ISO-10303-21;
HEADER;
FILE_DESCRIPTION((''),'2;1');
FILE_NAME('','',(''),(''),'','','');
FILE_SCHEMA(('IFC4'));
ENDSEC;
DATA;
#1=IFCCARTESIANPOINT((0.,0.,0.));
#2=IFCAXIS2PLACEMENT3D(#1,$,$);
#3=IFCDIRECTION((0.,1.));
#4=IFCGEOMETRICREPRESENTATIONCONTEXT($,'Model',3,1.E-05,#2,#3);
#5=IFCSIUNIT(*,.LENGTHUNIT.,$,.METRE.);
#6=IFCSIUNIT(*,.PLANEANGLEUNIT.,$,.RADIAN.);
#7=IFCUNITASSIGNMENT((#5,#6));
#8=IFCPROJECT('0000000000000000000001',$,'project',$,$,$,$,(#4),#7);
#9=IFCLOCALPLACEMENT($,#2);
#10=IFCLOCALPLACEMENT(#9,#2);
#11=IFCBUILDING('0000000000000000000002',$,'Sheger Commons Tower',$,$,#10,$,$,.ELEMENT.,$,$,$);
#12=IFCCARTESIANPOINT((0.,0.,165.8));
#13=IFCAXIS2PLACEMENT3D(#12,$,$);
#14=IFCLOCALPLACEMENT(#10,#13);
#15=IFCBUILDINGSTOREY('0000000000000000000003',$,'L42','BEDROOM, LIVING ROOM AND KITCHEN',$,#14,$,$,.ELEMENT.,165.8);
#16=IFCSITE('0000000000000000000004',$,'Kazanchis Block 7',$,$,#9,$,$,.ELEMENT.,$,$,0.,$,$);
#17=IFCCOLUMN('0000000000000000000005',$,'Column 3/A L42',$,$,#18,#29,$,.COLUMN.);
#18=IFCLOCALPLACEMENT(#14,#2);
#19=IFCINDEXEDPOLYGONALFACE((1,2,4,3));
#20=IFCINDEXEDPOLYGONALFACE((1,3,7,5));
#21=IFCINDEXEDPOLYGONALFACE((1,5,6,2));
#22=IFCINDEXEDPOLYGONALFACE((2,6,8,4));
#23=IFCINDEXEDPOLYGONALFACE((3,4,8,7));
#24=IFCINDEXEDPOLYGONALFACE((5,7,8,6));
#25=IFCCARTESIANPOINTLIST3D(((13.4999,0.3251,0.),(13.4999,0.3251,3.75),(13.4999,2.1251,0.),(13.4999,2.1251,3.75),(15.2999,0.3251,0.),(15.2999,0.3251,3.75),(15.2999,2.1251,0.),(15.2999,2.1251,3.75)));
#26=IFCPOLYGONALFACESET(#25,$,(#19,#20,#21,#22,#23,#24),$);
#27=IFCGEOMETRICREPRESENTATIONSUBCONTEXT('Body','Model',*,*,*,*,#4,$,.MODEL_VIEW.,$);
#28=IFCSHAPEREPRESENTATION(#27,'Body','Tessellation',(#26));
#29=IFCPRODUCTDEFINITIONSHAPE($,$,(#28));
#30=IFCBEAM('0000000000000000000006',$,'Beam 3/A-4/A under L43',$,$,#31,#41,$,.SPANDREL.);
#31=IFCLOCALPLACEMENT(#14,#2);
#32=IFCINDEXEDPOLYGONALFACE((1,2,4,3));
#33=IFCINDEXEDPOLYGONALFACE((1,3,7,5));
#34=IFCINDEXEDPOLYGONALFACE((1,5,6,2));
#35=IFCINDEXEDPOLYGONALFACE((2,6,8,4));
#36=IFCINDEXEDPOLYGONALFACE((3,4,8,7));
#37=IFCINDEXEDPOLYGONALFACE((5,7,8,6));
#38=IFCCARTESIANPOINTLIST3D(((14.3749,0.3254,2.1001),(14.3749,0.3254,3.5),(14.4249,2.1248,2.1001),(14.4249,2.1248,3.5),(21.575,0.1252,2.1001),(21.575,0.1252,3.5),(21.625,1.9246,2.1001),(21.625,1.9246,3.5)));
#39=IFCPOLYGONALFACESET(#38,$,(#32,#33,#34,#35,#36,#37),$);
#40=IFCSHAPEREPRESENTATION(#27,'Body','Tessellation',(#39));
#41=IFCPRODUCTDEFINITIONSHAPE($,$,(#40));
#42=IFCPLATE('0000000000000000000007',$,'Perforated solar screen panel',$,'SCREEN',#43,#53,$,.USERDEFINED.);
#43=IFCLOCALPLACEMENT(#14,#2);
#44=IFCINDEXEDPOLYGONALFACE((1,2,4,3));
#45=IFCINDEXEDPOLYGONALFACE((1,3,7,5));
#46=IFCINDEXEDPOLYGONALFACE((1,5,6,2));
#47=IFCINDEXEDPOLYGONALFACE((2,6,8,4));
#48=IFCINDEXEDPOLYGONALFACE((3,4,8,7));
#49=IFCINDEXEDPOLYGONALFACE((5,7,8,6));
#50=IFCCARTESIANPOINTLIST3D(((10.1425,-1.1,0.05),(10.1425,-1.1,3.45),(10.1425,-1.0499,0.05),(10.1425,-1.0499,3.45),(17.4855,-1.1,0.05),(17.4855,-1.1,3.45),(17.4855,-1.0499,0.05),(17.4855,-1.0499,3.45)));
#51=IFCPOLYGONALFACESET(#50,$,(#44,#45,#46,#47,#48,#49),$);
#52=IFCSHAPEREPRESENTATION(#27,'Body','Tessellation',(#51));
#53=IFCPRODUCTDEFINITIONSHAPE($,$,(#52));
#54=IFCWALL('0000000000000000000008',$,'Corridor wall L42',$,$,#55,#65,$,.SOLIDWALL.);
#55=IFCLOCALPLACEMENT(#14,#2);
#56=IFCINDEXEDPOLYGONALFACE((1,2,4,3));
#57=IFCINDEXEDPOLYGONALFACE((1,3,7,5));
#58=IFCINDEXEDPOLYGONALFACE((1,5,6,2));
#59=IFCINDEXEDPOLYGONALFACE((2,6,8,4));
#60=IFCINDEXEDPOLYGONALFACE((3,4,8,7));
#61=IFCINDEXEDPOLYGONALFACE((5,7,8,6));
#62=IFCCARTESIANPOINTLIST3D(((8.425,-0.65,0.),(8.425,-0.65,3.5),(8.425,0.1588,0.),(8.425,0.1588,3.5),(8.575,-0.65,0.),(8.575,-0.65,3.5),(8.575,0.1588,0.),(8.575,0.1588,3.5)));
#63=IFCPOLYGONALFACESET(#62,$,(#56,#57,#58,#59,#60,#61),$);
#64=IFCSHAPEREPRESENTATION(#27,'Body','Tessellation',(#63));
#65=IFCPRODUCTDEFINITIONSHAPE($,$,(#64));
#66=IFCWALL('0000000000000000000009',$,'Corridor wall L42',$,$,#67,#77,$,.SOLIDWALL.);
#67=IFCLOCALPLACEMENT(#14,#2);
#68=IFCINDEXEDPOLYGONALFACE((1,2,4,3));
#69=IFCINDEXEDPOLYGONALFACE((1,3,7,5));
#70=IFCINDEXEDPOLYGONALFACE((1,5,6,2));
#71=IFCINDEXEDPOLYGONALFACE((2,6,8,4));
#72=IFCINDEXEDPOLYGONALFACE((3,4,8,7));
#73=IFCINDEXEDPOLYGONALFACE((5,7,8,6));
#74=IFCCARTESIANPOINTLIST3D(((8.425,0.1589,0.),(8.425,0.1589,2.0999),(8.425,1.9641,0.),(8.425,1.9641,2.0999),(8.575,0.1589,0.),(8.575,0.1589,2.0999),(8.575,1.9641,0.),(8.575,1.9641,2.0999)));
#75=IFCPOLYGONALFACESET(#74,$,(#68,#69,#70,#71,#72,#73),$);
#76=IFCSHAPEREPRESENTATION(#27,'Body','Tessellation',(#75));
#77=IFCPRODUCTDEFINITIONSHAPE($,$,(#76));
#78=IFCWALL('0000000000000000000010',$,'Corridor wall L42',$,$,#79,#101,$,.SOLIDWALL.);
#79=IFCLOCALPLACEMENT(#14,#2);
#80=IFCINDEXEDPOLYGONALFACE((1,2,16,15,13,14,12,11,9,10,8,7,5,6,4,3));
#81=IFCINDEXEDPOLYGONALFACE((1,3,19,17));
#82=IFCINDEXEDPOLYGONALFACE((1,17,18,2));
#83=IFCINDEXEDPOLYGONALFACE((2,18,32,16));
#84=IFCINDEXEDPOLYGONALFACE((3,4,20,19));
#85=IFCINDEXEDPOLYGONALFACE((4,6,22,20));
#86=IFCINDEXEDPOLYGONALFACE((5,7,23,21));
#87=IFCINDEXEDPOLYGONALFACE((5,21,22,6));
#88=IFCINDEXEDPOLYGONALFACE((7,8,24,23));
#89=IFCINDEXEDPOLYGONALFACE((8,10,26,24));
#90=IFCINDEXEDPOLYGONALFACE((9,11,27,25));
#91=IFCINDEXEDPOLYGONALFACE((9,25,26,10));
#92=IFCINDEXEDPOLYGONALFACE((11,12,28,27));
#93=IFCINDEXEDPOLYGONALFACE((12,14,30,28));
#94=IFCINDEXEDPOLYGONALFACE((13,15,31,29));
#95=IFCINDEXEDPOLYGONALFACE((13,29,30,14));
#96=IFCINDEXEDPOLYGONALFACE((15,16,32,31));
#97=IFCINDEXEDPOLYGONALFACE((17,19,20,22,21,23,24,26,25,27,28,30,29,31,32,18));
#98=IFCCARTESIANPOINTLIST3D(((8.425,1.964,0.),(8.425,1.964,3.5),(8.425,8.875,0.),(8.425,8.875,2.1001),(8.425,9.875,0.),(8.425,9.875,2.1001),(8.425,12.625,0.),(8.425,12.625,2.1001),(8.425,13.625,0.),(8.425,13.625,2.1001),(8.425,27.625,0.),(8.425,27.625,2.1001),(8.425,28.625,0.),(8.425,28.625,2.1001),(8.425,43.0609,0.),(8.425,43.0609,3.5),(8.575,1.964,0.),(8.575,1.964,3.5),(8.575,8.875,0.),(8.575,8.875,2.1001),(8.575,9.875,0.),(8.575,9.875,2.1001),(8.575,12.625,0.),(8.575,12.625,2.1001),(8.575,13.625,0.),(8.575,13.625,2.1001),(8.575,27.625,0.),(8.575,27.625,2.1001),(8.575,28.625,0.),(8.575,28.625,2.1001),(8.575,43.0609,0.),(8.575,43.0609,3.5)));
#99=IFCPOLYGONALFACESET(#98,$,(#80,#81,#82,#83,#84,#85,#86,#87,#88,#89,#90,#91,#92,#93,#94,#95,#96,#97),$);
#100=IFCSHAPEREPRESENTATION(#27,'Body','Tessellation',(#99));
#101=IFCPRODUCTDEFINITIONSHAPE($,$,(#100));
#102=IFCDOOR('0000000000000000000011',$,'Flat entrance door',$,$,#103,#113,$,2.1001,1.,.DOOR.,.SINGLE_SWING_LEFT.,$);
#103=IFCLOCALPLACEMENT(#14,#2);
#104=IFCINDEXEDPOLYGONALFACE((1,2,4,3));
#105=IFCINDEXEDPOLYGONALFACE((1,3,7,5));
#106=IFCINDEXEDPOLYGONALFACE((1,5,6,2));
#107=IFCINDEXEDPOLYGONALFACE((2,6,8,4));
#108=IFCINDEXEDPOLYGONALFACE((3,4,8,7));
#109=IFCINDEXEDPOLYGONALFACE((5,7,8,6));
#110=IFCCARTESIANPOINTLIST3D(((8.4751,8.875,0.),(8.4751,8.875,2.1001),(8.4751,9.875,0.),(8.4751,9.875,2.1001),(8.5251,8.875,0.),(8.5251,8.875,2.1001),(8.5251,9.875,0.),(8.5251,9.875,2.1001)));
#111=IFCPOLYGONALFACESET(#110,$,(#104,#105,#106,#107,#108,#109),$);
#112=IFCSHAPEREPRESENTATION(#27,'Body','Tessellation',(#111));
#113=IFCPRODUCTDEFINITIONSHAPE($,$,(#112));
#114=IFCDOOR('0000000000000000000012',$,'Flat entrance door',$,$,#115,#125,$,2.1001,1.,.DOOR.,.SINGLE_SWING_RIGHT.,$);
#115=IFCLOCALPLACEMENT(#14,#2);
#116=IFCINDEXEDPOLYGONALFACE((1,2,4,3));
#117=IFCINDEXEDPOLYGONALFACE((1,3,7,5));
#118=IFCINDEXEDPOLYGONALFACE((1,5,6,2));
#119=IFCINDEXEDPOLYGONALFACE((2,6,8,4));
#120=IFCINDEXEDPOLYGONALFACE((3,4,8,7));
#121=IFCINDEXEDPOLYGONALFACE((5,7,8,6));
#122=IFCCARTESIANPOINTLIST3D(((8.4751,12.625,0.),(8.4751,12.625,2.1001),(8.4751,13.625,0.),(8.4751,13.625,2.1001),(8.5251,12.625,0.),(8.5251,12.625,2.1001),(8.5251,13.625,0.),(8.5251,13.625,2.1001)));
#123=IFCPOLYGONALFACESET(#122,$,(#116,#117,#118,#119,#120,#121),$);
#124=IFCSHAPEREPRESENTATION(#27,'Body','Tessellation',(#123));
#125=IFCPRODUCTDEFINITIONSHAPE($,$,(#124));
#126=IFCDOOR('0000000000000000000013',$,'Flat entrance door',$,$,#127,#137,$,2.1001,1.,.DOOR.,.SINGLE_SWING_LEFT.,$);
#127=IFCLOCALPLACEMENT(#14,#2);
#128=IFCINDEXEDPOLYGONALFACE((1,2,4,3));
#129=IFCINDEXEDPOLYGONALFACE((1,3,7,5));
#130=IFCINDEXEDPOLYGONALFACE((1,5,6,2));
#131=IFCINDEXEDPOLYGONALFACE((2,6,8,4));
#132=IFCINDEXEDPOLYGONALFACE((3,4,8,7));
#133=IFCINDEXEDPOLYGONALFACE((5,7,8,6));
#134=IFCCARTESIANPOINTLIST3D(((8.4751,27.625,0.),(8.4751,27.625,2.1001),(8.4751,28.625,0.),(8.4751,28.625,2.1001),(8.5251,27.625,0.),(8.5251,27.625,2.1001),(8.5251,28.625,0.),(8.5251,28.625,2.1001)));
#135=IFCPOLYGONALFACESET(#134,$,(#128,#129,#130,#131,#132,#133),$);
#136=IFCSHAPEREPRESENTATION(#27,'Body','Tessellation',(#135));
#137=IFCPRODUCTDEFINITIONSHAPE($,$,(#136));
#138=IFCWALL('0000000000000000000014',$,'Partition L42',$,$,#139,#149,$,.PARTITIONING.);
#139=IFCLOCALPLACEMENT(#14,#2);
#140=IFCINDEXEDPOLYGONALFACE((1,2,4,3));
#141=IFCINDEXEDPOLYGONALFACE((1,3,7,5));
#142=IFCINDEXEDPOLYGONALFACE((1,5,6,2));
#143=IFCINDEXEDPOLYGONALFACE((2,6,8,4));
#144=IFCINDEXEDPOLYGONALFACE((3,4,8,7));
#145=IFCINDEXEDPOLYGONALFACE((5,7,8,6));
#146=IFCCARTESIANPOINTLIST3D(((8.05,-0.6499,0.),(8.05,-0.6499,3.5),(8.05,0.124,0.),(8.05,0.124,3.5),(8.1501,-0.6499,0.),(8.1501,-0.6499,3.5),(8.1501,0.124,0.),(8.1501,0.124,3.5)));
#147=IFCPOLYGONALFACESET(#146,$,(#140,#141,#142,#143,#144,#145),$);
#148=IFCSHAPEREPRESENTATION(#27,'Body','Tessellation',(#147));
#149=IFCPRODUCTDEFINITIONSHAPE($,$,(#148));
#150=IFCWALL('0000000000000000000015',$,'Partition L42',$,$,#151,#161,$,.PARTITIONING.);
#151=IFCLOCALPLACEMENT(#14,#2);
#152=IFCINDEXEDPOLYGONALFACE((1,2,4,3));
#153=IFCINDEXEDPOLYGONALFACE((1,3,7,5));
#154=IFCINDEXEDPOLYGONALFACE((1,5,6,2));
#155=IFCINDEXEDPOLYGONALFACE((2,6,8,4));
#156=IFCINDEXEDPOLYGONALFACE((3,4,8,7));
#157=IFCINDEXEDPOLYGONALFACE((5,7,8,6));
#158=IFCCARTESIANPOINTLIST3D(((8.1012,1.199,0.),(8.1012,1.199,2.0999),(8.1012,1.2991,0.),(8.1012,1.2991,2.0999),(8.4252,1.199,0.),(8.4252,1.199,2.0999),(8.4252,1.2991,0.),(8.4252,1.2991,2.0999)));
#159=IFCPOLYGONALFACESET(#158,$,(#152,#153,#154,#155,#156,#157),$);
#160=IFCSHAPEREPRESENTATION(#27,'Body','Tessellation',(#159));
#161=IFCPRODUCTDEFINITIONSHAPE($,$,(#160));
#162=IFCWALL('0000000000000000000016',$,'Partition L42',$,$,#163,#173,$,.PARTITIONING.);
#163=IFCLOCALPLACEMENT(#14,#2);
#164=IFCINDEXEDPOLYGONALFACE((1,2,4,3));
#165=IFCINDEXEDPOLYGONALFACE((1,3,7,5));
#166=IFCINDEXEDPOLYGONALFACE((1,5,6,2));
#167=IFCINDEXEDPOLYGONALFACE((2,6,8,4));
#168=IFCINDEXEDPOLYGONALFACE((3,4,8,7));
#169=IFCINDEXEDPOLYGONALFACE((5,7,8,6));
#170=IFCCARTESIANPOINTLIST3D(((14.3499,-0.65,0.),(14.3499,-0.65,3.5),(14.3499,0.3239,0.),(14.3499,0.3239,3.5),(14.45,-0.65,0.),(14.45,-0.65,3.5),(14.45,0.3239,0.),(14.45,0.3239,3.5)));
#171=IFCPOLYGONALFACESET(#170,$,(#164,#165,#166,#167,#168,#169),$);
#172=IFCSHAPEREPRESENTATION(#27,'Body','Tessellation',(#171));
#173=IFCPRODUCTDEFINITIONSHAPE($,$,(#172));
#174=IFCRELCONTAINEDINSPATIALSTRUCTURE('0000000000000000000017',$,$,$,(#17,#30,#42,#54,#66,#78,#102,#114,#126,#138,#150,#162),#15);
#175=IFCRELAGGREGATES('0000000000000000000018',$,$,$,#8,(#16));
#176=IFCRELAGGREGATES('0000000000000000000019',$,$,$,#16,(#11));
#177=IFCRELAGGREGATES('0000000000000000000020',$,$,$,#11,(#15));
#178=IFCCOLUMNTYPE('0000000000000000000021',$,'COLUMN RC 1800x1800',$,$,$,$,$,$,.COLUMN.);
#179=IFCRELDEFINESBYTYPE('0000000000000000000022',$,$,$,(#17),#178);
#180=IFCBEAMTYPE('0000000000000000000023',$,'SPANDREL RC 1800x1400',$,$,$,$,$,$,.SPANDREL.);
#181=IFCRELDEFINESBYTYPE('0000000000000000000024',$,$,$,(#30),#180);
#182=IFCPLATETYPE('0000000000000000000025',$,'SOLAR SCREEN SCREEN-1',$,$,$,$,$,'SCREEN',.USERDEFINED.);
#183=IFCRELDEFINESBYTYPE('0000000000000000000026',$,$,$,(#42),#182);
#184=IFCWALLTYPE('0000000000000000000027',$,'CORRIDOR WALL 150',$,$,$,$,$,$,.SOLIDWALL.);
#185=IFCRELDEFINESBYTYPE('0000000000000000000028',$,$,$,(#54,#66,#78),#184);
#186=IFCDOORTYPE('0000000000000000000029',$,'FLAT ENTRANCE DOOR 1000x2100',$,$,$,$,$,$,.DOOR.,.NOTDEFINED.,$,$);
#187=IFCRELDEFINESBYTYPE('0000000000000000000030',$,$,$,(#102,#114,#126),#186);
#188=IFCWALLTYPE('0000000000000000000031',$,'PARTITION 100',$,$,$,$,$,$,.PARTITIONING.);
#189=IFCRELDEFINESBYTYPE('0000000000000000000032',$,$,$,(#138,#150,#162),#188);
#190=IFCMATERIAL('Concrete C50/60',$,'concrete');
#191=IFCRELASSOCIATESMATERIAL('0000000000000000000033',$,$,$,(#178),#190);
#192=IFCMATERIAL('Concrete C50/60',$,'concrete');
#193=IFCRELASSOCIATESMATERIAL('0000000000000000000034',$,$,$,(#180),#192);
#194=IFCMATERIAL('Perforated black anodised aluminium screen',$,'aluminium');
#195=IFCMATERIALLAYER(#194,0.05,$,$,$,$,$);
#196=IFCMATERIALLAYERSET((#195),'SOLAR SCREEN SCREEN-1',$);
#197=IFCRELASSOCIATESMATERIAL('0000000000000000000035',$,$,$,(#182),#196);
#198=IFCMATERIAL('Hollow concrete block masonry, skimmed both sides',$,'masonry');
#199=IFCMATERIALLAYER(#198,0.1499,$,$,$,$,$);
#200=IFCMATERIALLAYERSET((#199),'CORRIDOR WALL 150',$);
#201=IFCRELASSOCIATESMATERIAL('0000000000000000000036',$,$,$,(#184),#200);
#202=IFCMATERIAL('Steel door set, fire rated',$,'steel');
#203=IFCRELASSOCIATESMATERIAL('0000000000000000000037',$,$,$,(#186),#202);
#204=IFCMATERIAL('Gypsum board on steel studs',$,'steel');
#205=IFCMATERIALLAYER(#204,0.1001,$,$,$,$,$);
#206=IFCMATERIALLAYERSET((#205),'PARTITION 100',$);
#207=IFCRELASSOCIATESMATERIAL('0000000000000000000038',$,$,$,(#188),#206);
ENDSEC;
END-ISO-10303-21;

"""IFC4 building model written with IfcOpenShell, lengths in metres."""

from ifc_helpers import new_model, si_unit, direction, frame, frame_2d, origin, origin_2d, place, context, subcontext, project, spatial, rectangle, extrude, material, layer, layer_set, material_profile, profile_set, type_object, element, fill, save


model = new_model("IFC4")

# Units and contexts
model_context = context("Model", 3, precision=1e-05, world=origin(), true_north=direction((0.0, 1.0)))
body_context = subcontext(model_context, "Body", "Model", "MODEL_VIEW")
ifc_project = project(units=[si_unit("LENGTHUNIT", "METRE"), si_unit("PLANEANGLEUNIT", "RADIAN")], contexts=[model_context])

# Site, building, storey
site_placement = place(None, origin())
site = spatial("IfcSite", under=ifc_project, at=site_placement, Name="Kazanchis Block 7", CompositionType="ELEMENT", RefElevation=0.0)
building_placement = place(site_placement, origin())
building = spatial("IfcBuilding", under=site, at=building_placement, Name="Sheger Commons Tower", CompositionType="ELEMENT")
storey_placement = place(building_placement, frame((0.0, 0.0, 165.8)))
storey = spatial("IfcBuildingStorey", under=building, at=storey_placement, Name="L42", Description="BEDROOM, LIVING ROOM AND KITCHEN", CompositionType="ELEMENT", Elevation=165.8)

# Column
ifc_material_1 = material(Name="Concrete C50/60", Category="concrete")
ifc_material_profile_1 = material_profile(ifc_material_1, rectangle(XDim=1.8, YDim=1.8, at=origin_2d()), Name="RC 1800x1800")
ifc_profile_set_1 = profile_set([ifc_material_profile_1], Name="Concrete C50/60")
column_type = type_object("IfcColumnType", Name="COLUMN RC 1800x1800", PredefinedType="COLUMN", material=ifc_profile_set_1)
column_placement = place(storey_placement, frame((14.3999, 1.2251, 0.0), z_axis=(0.0, 0.0, 1.0), x_axis=(1.0, 0.0, 0.0)))
element("IfcColumn", 1, at=column_placement, inside=storey, type_object=column_type, Name="Column 3/A L42", PredefinedType="COLUMN", context=body_context, shape_type="SweptSolid", body=[
    extrude(rectangle(XDim=1.8, YDim=1.8, at=origin_2d()), origin(), (0.0, 0.0, 1.0), 3.75),
])

# Beam
ifc_material_2 = material(Name="Concrete C50/60", Category="concrete")
ifc_material_profile_2 = material_profile(ifc_material_2, rectangle(XDim=1.8, YDim=1.3999, at=origin_2d()), Name="RC 1800x1400")
ifc_profile_set_2 = profile_set([ifc_material_profile_2], Name="Concrete C50/60")
beam_type = type_object("IfcBeamType", Name="SPANDREL RC 1800x1400", PredefinedType="SPANDREL", material=ifc_profile_set_2)
beam_placement = place(storey_placement, frame((14.3999, 1.2251, 2.8), z_axis=(0.999614, -0.027793, 0.0), x_axis=(0.027793, 0.999614, 0.0)))
element("IfcBeam", 2, at=beam_placement, inside=storey, type_object=beam_type, Name="Beam 3/A-4/A under L43", PredefinedType="SPANDREL", context=body_context, shape_type="SweptSolid", body=[
    extrude(rectangle(XDim=1.8, YDim=1.3999, at=origin_2d()), origin(), (0.0, 0.0, 1.0), 7.2029),
])

# Plate
ifc_material_3 = material(Name="Perforated black anodised aluminium screen", Category="aluminium")
ifc_layer_1 = layer(ifc_material_3, 0.05)
ifc_layer_set_1 = layer_set([ifc_layer_1], Name="SOLAR SCREEN SCREEN-1")
plate_type = type_object("IfcPlateType", Name="SOLAR SCREEN SCREEN-1", ElementType="SCREEN", PredefinedType="USERDEFINED", material=ifc_layer_set_1)
plate_placement = place(storey_placement, frame((13.814, -1.075, 0.05), z_axis=(0.0, 0.0, 1.0), x_axis=(1.0, 0.0, 0.0)))
element("IfcPlate", 3, at=plate_placement, inside=storey, type_object=plate_type, Name="Perforated solar screen panel", ObjectType="SCREEN", PredefinedType="USERDEFINED", context=body_context, shape_type="SweptSolid", body=[
    extrude(rectangle(XDim=7.343, YDim=0.05, at=origin_2d()), origin(), (0.0, 0.0, 1.0), 3.3999),
])

# Walls
ifc_material_4 = material(Name="Hollow concrete block masonry, skimmed both sides", Category="masonry")
ifc_layer_2 = layer(ifc_material_4, 0.1499)
ifc_layer_set_2 = layer_set([ifc_layer_2], Name="CORRIDOR WALL 150")
wall_type_1 = type_object("IfcWallType", Name="CORRIDOR WALL 150", PredefinedType="SOLIDWALL", material=ifc_layer_set_2)
wall_1_placement = place(storey_placement, frame((8.5, -0.6499, 0.0), z_axis=(0.0, 0.0, 1.0), x_axis=(0.0, 1.0, 0.0)))
element("IfcWall", 4, at=wall_1_placement, inside=storey, type_object=wall_type_1, Name="Corridor wall L42", PredefinedType="SOLIDWALL", context=body_context, shape_type="SweptSolid", body=[
    extrude(rectangle(XDim=0.8088, YDim=0.1499, at=frame_2d((0.4043, 0.0))), origin(), (0.0, 0.0, 1.0), 3.5),
])
wall_2_placement = place(storey_placement, frame((8.5, 0.1589, 0.0), z_axis=(0.0, 0.0, 1.0), x_axis=(0.0, 1.0, 0.0)))
element("IfcWall", 5, at=wall_2_placement, inside=storey, type_object=wall_type_1, Name="Corridor wall L42", PredefinedType="SOLIDWALL", context=body_context, shape_type="SweptSolid", body=[
    extrude(rectangle(XDim=1.8052, YDim=0.1499, at=frame_2d((0.9026, 0.0))), origin(), (0.0, 0.0, 1.0), 2.0999),
])

# Wall, openings, doors
wall_3_placement = place(storey_placement, frame((8.5, 1.9641, 0.0), z_axis=(0.0, 0.0, 1.0), x_axis=(0.0, 1.0, 0.0)))
wall_3 = element("IfcWall", 6, at=wall_3_placement, inside=storey, type_object=wall_type_1, Name="Corridor wall L42", PredefinedType="SOLIDWALL", context=body_context, shape_type="SweptSolid", body=[
    extrude(rectangle(XDim=41.0969, YDim=0.1499, at=frame_2d((20.5483, 0.0))), origin(), (0.0, 0.0, 1.0), 3.5),
])
opening_1_placement = place(wall_3_placement, frame((6.9109, 0.0, 0.0)))
opening_1 = element("IfcOpeningElement", 7, at=opening_1_placement, cuts=wall_3, PredefinedType="OPENING", context=body_context, shape_type="SweptSolid", body=[
    extrude(rectangle(XDim=1.0, YDim=2.1001, at=frame_2d((0.5, 1.05))), frame((0.0, 0.085, 0.0), z_axis=(0.0, -1.0, 0.0), x_axis=(1.0, 0.0, 0.0)), (0.0, 0.0, 1.0), 0.1699),
])
opening_2_placement = place(wall_3_placement, frame((10.6609, 0.0, 0.0)))
opening_2 = element("IfcOpeningElement", 8, at=opening_2_placement, cuts=wall_3, PredefinedType="OPENING", context=body_context, shape_type="SweptSolid", body=[
    extrude(rectangle(XDim=1.0, YDim=2.1001, at=frame_2d((0.5, 1.05))), frame((0.0, 0.085, 0.0), z_axis=(0.0, -1.0, 0.0), x_axis=(1.0, 0.0, 0.0)), (0.0, 0.0, 1.0), 0.1699),
])
opening_3_placement = place(wall_3_placement, frame((25.6609, 0.0, 0.0)))
opening_3 = element("IfcOpeningElement", 9, at=opening_3_placement, cuts=wall_3, PredefinedType="OPENING", context=body_context, shape_type="SweptSolid", body=[
    extrude(rectangle(XDim=1.0, YDim=2.1001, at=frame_2d((0.5, 1.05))), frame((0.0, 0.085, 0.0), z_axis=(0.0, -1.0, 0.0), x_axis=(1.0, 0.0, 0.0)), (0.0, 0.0, 1.0), 0.1699),
])
ifc_material_5 = material(Name="Steel door set, fire rated", Category="steel")
door_type_1 = type_object("IfcDoorType", Name="FLAT ENTRANCE DOOR 1000x2100", OperationType="NOTDEFINED", PredefinedType="DOOR", material=ifc_material_5)
door_1_placement = place(opening_1_placement, origin())
door_1 = element("IfcDoor", 10, at=door_1_placement, inside=storey, type_object=door_type_1, Name="Flat entrance door", OperationType="SINGLE_SWING_LEFT", OverallHeight=2.1001, OverallWidth=1.0, PredefinedType="DOOR", context=body_context, shape_type="SweptSolid", body=[
    extrude(rectangle(XDim=1.0, YDim=2.1001, at=frame_2d((0.5, 1.05))), frame((0.0, 0.0249, 0.0), z_axis=(0.0, -1.0, 0.0), x_axis=(1.0, 0.0, 0.0)), (0.0, 0.0, 1.0), 0.05),
])
fill(opening_1, door_1)
door_2_placement = place(opening_2_placement, origin())
door_2 = element("IfcDoor", 11, at=door_2_placement, inside=storey, type_object=door_type_1, Name="Flat entrance door", OperationType="SINGLE_SWING_RIGHT", OverallHeight=2.1001, OverallWidth=1.0, PredefinedType="DOOR", context=body_context, shape_type="SweptSolid", body=[
    extrude(rectangle(XDim=1.0, YDim=2.1001, at=frame_2d((0.5, 1.05))), frame((0.0, 0.0249, 0.0), z_axis=(0.0, -1.0, 0.0), x_axis=(1.0, 0.0, 0.0)), (0.0, 0.0, 1.0), 0.05),
])
fill(opening_2, door_2)
door_3_placement = place(opening_3_placement, origin())
door_3 = element("IfcDoor", 12, at=door_3_placement, inside=storey, type_object=door_type_1, Name="Flat entrance door", OperationType="SINGLE_SWING_LEFT", OverallHeight=2.1001, OverallWidth=1.0, PredefinedType="DOOR", context=body_context, shape_type="SweptSolid", body=[
    extrude(rectangle(XDim=1.0, YDim=2.1001, at=frame_2d((0.5, 1.05))), frame((0.0, 0.0249, 0.0), z_axis=(0.0, -1.0, 0.0), x_axis=(1.0, 0.0, 0.0)), (0.0, 0.0, 1.0), 0.05),
])
fill(opening_3, door_3)

# Walls
ifc_material_6 = material(Name="Gypsum board on steel studs", Category="steel")
ifc_layer_3 = layer(ifc_material_6, 0.1001)
ifc_layer_set_3 = layer_set([ifc_layer_3], Name="PARTITION 100")
wall_type_2 = type_object("IfcWallType", Name="PARTITION 100", PredefinedType="PARTITIONING", material=ifc_layer_set_3)
wall_4_placement = place(storey_placement, frame((8.1001, 0.124, 0.0), z_axis=(0.0, 0.0, 1.0), x_axis=(0.0, -1.0, 0.0)))
element("IfcWall", 13, at=wall_4_placement, inside=storey, type_object=wall_type_2, Name="Partition L42", PredefinedType="PARTITIONING", context=body_context, shape_type="SweptSolid", body=[
    extrude(rectangle(XDim=0.7739, YDim=0.1001, at=frame_2d((0.387, 0.0))), origin(), (0.0, 0.0, 1.0), 3.5),
])
wall_5_placement = place(storey_placement, frame((8.1011, 1.249, 0.0), z_axis=(0.0, 0.0, 1.0), x_axis=(1.0, 0.0, 0.0)))
element("IfcWall", 14, at=wall_5_placement, inside=storey, type_object=wall_type_2, Name="Partition L42", PredefinedType="PARTITIONING", context=body_context, shape_type="SweptSolid", body=[
    extrude(rectangle(XDim=0.324, YDim=0.1001, at=frame_2d((0.1621, 0.0))), origin(), (0.0, 0.0, 1.0), 2.0999),
])
wall_6_placement = place(storey_placement, frame((14.3999, -0.6499, 0.0), z_axis=(0.0, 0.0, 1.0), x_axis=(0.0, 1.0, 0.0)))
element("IfcWall", 15, at=wall_6_placement, inside=storey, type_object=wall_type_2, Name="Partition L42", PredefinedType="PARTITIONING", context=body_context, shape_type="SweptSolid", body=[
    extrude(rectangle(XDim=0.9739, YDim=0.1001, at=frame_2d((0.4868, 0.0))), origin(), (0.0, 0.0, 1.0), 3.5),
])

save(model, "model.ifc")
